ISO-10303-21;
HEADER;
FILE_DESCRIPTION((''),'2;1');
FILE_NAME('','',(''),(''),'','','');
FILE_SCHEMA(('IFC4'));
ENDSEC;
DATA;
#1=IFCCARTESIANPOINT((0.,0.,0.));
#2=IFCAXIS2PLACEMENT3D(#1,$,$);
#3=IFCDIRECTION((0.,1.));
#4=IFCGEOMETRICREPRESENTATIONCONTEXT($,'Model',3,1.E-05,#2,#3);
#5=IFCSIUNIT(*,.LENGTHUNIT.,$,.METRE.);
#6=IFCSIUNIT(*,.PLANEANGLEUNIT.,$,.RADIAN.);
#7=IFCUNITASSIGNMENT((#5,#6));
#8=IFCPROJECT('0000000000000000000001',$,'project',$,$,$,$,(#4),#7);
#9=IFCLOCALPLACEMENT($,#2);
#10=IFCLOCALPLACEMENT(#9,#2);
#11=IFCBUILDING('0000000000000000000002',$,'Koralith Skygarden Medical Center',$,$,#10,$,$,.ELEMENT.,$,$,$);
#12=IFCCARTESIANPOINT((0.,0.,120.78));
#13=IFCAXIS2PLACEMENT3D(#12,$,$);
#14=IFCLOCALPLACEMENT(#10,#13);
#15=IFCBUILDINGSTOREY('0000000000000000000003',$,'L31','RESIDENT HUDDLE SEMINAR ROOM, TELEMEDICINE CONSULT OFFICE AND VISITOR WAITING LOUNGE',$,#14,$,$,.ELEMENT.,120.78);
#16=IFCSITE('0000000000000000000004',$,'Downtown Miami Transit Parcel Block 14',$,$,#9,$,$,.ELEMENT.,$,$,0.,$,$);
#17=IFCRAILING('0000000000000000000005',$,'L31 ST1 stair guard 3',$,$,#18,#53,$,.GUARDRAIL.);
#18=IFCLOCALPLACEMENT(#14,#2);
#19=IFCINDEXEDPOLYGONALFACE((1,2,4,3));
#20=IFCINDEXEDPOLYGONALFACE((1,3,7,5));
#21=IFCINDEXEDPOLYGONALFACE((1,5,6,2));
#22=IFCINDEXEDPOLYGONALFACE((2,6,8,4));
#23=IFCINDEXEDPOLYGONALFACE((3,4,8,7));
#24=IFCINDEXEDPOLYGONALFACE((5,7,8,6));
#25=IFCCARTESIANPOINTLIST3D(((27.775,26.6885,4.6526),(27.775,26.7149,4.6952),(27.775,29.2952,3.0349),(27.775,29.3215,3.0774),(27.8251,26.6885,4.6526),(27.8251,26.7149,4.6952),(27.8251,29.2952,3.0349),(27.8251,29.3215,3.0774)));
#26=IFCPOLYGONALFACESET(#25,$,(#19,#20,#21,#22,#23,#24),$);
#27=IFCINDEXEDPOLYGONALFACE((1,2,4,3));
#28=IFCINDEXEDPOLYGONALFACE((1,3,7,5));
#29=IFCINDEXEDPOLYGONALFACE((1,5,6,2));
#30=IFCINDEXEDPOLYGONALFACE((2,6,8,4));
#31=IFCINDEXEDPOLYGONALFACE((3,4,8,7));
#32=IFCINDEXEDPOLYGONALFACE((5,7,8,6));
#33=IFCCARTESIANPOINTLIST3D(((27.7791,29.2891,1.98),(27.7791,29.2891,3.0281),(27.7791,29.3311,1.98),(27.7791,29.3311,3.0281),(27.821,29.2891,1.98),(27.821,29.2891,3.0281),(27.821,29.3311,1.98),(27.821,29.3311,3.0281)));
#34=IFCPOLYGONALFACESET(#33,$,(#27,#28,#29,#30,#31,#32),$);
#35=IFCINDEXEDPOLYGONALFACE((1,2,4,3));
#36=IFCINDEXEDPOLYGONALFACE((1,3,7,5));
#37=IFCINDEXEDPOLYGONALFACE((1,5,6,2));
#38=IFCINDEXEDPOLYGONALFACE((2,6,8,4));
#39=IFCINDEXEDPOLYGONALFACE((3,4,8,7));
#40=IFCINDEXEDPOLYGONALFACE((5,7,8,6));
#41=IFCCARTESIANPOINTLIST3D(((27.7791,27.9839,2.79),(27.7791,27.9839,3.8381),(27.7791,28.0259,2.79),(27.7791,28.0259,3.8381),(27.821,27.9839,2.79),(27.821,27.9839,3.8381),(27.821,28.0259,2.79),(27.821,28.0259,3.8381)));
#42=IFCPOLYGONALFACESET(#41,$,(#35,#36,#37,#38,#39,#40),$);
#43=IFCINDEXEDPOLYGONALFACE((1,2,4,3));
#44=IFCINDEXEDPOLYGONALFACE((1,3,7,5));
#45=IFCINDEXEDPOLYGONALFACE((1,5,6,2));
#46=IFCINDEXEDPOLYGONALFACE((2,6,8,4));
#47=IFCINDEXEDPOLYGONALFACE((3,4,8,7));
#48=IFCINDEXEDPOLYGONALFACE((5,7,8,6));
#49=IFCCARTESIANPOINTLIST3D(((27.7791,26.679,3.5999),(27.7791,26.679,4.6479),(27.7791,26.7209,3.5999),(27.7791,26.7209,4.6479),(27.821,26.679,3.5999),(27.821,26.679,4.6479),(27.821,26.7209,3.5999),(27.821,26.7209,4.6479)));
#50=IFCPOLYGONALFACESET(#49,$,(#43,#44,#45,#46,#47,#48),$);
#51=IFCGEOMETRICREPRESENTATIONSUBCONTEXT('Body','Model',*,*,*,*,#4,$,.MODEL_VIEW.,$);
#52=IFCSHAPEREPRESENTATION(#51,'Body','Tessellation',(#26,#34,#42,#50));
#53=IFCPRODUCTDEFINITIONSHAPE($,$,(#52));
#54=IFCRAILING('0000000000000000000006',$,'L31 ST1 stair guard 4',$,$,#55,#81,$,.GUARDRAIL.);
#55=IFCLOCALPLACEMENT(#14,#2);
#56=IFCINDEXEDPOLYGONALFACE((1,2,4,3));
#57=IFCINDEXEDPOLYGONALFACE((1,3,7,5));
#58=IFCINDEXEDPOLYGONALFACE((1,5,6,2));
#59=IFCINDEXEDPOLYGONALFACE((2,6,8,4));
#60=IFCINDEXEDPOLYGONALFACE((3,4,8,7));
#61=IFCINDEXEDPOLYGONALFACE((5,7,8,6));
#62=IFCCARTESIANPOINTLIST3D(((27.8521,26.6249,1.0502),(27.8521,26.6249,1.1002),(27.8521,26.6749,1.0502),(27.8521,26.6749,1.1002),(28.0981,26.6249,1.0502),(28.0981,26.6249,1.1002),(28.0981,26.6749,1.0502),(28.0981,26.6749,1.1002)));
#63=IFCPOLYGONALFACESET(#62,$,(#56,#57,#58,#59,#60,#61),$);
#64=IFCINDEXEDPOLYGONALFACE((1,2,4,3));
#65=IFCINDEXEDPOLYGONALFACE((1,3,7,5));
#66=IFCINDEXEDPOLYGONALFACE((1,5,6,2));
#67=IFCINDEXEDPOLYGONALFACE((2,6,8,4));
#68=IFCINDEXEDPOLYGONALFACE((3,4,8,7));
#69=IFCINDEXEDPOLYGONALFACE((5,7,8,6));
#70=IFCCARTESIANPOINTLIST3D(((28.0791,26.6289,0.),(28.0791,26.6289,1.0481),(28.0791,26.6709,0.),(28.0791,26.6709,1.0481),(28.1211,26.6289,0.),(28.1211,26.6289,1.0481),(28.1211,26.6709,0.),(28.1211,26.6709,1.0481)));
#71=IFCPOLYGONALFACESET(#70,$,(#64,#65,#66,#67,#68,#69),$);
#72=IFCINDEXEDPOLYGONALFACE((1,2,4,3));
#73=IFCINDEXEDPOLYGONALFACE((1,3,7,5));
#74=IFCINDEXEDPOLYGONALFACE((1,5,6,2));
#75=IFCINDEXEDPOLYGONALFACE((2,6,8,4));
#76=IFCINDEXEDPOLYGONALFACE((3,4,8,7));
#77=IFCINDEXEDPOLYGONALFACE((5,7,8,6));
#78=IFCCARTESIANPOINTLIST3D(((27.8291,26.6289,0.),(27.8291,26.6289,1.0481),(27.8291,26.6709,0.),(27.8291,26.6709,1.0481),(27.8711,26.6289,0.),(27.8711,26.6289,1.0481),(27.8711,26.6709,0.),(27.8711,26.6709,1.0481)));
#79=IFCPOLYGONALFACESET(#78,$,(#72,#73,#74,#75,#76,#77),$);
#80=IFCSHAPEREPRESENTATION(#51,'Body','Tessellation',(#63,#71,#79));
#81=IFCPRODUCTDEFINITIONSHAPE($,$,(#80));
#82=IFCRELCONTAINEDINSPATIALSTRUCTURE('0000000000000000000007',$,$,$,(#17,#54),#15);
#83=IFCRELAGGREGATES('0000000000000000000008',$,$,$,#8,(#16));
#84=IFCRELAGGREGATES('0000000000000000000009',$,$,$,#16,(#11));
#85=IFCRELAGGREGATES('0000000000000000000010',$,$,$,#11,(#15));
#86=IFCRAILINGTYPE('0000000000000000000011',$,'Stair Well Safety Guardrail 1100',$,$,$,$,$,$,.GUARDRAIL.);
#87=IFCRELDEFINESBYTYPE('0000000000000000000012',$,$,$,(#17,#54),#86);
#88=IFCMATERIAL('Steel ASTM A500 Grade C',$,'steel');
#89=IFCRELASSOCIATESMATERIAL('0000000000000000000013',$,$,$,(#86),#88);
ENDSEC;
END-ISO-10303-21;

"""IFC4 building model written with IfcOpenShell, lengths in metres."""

from ifc_helpers import new_model, si_unit, direction, frame, origin, origin_2d, place, context, subcontext, project, spatial, rectangle, extrude, material, type_object, element, save


model = new_model("IFC4")

# Units and contexts
model_context = context("Model", 3, precision=1e-05, world=origin(), true_north=direction((0.0, 1.0)))
body_context = subcontext(model_context, "Body", "Model", "MODEL_VIEW")
ifc_project = project(units=[si_unit("LENGTHUNIT", "METRE"), si_unit("PLANEANGLEUNIT", "RADIAN")], contexts=[model_context])

# Site, building, storey
site_placement = place(None, origin())
site = spatial("IfcSite", under=ifc_project, at=site_placement, Name="Downtown Miami Transit Parcel Block 14", CompositionType="ELEMENT", RefElevation=0.0)
building_placement = place(site_placement, origin())
building = spatial("IfcBuilding", under=site, at=building_placement, Name="Koralith Skygarden Medical Center", CompositionType="ELEMENT")
storey_placement = place(building_placement, frame((0.0, 0.0, 120.78)))
storey = spatial("IfcBuildingStorey", under=building, at=storey_placement, Name="L31", Description="RESIDENT HUDDLE SEMINAR ROOM, TELEMEDICINE CONSULT OFFICE AND VISITOR WAITING LOUNGE", CompositionType="ELEMENT", Elevation=120.78)

# Shared definitions
ifc_material_1 = material(Name="Steel ASTM A500 Grade C", Category="steel")

# Railings
railing_type_1 = type_object("IfcRailingType", Name="Stair Well Safety Guardrail 1100", PredefinedType="GUARDRAIL", material=ifc_material_1)
railing_1_placement = place(storey_placement, frame((27.8, 29.3101, 1.98)))
element("IfcRailing", 1, at=railing_1_placement, inside=storey, type_object=railing_type_1, Name="L31 ST1 stair guard 3", PredefinedType="GUARDRAIL", context=body_context, shape_type="SweptSolid", body=[
    extrude(rectangle(XDim=0.05, YDim=0.05, at=origin_2d()), frame((0.0, -0.0017, 1.0762), z_axis=(0.0, -0.849668, 0.527317), x_axis=(1.0, 0.0, 0.0)), (0.0, 0.0, 1.0), 3.0679),
    extrude(rectangle(XDim=0.042, YDim=0.042, at=origin_2d()), origin(), (0.0, 0.0, 1.0), 1.0481),
    extrude(rectangle(XDim=0.042, YDim=0.042, at=origin_2d()), frame((0.0, -1.3052, 0.8101)), (0.0, 0.0, 1.0), 1.0481),
    extrude(rectangle(XDim=0.042, YDim=0.042, at=origin_2d()), frame((0.0, -2.6101, 1.6199)), (0.0, 0.0, 1.0), 1.0481),
])
railing_2_placement = place(storey_placement, frame((28.1001, 26.6499, 0.0)))
element("IfcRailing", 2, at=railing_2_placement, inside=storey, type_object=railing_type_1, Name="L31 ST1 stair guard 4", PredefinedType="GUARDRAIL", context=body_context, shape_type="SweptSolid", body=[
    extrude(rectangle(XDim=0.05, YDim=0.05, at=origin_2d()), frame((-0.002, 0.0, 1.0752), z_axis=(-1.0, 0.0, 0.0), x_axis=(0.0, -1.0, 0.0)), (0.0, 0.0, 1.0), 0.2461),
    extrude(rectangle(XDim=0.042, YDim=0.042, at=origin_2d()), origin(), (0.0, 0.0, 1.0), 1.0481),
    extrude(rectangle(XDim=0.042, YDim=0.042, at=origin_2d()), frame((-0.25, 0.0, 0.0)), (0.0, 0.0, 1.0), 1.0481),
])

save(model, "model.ifc")
